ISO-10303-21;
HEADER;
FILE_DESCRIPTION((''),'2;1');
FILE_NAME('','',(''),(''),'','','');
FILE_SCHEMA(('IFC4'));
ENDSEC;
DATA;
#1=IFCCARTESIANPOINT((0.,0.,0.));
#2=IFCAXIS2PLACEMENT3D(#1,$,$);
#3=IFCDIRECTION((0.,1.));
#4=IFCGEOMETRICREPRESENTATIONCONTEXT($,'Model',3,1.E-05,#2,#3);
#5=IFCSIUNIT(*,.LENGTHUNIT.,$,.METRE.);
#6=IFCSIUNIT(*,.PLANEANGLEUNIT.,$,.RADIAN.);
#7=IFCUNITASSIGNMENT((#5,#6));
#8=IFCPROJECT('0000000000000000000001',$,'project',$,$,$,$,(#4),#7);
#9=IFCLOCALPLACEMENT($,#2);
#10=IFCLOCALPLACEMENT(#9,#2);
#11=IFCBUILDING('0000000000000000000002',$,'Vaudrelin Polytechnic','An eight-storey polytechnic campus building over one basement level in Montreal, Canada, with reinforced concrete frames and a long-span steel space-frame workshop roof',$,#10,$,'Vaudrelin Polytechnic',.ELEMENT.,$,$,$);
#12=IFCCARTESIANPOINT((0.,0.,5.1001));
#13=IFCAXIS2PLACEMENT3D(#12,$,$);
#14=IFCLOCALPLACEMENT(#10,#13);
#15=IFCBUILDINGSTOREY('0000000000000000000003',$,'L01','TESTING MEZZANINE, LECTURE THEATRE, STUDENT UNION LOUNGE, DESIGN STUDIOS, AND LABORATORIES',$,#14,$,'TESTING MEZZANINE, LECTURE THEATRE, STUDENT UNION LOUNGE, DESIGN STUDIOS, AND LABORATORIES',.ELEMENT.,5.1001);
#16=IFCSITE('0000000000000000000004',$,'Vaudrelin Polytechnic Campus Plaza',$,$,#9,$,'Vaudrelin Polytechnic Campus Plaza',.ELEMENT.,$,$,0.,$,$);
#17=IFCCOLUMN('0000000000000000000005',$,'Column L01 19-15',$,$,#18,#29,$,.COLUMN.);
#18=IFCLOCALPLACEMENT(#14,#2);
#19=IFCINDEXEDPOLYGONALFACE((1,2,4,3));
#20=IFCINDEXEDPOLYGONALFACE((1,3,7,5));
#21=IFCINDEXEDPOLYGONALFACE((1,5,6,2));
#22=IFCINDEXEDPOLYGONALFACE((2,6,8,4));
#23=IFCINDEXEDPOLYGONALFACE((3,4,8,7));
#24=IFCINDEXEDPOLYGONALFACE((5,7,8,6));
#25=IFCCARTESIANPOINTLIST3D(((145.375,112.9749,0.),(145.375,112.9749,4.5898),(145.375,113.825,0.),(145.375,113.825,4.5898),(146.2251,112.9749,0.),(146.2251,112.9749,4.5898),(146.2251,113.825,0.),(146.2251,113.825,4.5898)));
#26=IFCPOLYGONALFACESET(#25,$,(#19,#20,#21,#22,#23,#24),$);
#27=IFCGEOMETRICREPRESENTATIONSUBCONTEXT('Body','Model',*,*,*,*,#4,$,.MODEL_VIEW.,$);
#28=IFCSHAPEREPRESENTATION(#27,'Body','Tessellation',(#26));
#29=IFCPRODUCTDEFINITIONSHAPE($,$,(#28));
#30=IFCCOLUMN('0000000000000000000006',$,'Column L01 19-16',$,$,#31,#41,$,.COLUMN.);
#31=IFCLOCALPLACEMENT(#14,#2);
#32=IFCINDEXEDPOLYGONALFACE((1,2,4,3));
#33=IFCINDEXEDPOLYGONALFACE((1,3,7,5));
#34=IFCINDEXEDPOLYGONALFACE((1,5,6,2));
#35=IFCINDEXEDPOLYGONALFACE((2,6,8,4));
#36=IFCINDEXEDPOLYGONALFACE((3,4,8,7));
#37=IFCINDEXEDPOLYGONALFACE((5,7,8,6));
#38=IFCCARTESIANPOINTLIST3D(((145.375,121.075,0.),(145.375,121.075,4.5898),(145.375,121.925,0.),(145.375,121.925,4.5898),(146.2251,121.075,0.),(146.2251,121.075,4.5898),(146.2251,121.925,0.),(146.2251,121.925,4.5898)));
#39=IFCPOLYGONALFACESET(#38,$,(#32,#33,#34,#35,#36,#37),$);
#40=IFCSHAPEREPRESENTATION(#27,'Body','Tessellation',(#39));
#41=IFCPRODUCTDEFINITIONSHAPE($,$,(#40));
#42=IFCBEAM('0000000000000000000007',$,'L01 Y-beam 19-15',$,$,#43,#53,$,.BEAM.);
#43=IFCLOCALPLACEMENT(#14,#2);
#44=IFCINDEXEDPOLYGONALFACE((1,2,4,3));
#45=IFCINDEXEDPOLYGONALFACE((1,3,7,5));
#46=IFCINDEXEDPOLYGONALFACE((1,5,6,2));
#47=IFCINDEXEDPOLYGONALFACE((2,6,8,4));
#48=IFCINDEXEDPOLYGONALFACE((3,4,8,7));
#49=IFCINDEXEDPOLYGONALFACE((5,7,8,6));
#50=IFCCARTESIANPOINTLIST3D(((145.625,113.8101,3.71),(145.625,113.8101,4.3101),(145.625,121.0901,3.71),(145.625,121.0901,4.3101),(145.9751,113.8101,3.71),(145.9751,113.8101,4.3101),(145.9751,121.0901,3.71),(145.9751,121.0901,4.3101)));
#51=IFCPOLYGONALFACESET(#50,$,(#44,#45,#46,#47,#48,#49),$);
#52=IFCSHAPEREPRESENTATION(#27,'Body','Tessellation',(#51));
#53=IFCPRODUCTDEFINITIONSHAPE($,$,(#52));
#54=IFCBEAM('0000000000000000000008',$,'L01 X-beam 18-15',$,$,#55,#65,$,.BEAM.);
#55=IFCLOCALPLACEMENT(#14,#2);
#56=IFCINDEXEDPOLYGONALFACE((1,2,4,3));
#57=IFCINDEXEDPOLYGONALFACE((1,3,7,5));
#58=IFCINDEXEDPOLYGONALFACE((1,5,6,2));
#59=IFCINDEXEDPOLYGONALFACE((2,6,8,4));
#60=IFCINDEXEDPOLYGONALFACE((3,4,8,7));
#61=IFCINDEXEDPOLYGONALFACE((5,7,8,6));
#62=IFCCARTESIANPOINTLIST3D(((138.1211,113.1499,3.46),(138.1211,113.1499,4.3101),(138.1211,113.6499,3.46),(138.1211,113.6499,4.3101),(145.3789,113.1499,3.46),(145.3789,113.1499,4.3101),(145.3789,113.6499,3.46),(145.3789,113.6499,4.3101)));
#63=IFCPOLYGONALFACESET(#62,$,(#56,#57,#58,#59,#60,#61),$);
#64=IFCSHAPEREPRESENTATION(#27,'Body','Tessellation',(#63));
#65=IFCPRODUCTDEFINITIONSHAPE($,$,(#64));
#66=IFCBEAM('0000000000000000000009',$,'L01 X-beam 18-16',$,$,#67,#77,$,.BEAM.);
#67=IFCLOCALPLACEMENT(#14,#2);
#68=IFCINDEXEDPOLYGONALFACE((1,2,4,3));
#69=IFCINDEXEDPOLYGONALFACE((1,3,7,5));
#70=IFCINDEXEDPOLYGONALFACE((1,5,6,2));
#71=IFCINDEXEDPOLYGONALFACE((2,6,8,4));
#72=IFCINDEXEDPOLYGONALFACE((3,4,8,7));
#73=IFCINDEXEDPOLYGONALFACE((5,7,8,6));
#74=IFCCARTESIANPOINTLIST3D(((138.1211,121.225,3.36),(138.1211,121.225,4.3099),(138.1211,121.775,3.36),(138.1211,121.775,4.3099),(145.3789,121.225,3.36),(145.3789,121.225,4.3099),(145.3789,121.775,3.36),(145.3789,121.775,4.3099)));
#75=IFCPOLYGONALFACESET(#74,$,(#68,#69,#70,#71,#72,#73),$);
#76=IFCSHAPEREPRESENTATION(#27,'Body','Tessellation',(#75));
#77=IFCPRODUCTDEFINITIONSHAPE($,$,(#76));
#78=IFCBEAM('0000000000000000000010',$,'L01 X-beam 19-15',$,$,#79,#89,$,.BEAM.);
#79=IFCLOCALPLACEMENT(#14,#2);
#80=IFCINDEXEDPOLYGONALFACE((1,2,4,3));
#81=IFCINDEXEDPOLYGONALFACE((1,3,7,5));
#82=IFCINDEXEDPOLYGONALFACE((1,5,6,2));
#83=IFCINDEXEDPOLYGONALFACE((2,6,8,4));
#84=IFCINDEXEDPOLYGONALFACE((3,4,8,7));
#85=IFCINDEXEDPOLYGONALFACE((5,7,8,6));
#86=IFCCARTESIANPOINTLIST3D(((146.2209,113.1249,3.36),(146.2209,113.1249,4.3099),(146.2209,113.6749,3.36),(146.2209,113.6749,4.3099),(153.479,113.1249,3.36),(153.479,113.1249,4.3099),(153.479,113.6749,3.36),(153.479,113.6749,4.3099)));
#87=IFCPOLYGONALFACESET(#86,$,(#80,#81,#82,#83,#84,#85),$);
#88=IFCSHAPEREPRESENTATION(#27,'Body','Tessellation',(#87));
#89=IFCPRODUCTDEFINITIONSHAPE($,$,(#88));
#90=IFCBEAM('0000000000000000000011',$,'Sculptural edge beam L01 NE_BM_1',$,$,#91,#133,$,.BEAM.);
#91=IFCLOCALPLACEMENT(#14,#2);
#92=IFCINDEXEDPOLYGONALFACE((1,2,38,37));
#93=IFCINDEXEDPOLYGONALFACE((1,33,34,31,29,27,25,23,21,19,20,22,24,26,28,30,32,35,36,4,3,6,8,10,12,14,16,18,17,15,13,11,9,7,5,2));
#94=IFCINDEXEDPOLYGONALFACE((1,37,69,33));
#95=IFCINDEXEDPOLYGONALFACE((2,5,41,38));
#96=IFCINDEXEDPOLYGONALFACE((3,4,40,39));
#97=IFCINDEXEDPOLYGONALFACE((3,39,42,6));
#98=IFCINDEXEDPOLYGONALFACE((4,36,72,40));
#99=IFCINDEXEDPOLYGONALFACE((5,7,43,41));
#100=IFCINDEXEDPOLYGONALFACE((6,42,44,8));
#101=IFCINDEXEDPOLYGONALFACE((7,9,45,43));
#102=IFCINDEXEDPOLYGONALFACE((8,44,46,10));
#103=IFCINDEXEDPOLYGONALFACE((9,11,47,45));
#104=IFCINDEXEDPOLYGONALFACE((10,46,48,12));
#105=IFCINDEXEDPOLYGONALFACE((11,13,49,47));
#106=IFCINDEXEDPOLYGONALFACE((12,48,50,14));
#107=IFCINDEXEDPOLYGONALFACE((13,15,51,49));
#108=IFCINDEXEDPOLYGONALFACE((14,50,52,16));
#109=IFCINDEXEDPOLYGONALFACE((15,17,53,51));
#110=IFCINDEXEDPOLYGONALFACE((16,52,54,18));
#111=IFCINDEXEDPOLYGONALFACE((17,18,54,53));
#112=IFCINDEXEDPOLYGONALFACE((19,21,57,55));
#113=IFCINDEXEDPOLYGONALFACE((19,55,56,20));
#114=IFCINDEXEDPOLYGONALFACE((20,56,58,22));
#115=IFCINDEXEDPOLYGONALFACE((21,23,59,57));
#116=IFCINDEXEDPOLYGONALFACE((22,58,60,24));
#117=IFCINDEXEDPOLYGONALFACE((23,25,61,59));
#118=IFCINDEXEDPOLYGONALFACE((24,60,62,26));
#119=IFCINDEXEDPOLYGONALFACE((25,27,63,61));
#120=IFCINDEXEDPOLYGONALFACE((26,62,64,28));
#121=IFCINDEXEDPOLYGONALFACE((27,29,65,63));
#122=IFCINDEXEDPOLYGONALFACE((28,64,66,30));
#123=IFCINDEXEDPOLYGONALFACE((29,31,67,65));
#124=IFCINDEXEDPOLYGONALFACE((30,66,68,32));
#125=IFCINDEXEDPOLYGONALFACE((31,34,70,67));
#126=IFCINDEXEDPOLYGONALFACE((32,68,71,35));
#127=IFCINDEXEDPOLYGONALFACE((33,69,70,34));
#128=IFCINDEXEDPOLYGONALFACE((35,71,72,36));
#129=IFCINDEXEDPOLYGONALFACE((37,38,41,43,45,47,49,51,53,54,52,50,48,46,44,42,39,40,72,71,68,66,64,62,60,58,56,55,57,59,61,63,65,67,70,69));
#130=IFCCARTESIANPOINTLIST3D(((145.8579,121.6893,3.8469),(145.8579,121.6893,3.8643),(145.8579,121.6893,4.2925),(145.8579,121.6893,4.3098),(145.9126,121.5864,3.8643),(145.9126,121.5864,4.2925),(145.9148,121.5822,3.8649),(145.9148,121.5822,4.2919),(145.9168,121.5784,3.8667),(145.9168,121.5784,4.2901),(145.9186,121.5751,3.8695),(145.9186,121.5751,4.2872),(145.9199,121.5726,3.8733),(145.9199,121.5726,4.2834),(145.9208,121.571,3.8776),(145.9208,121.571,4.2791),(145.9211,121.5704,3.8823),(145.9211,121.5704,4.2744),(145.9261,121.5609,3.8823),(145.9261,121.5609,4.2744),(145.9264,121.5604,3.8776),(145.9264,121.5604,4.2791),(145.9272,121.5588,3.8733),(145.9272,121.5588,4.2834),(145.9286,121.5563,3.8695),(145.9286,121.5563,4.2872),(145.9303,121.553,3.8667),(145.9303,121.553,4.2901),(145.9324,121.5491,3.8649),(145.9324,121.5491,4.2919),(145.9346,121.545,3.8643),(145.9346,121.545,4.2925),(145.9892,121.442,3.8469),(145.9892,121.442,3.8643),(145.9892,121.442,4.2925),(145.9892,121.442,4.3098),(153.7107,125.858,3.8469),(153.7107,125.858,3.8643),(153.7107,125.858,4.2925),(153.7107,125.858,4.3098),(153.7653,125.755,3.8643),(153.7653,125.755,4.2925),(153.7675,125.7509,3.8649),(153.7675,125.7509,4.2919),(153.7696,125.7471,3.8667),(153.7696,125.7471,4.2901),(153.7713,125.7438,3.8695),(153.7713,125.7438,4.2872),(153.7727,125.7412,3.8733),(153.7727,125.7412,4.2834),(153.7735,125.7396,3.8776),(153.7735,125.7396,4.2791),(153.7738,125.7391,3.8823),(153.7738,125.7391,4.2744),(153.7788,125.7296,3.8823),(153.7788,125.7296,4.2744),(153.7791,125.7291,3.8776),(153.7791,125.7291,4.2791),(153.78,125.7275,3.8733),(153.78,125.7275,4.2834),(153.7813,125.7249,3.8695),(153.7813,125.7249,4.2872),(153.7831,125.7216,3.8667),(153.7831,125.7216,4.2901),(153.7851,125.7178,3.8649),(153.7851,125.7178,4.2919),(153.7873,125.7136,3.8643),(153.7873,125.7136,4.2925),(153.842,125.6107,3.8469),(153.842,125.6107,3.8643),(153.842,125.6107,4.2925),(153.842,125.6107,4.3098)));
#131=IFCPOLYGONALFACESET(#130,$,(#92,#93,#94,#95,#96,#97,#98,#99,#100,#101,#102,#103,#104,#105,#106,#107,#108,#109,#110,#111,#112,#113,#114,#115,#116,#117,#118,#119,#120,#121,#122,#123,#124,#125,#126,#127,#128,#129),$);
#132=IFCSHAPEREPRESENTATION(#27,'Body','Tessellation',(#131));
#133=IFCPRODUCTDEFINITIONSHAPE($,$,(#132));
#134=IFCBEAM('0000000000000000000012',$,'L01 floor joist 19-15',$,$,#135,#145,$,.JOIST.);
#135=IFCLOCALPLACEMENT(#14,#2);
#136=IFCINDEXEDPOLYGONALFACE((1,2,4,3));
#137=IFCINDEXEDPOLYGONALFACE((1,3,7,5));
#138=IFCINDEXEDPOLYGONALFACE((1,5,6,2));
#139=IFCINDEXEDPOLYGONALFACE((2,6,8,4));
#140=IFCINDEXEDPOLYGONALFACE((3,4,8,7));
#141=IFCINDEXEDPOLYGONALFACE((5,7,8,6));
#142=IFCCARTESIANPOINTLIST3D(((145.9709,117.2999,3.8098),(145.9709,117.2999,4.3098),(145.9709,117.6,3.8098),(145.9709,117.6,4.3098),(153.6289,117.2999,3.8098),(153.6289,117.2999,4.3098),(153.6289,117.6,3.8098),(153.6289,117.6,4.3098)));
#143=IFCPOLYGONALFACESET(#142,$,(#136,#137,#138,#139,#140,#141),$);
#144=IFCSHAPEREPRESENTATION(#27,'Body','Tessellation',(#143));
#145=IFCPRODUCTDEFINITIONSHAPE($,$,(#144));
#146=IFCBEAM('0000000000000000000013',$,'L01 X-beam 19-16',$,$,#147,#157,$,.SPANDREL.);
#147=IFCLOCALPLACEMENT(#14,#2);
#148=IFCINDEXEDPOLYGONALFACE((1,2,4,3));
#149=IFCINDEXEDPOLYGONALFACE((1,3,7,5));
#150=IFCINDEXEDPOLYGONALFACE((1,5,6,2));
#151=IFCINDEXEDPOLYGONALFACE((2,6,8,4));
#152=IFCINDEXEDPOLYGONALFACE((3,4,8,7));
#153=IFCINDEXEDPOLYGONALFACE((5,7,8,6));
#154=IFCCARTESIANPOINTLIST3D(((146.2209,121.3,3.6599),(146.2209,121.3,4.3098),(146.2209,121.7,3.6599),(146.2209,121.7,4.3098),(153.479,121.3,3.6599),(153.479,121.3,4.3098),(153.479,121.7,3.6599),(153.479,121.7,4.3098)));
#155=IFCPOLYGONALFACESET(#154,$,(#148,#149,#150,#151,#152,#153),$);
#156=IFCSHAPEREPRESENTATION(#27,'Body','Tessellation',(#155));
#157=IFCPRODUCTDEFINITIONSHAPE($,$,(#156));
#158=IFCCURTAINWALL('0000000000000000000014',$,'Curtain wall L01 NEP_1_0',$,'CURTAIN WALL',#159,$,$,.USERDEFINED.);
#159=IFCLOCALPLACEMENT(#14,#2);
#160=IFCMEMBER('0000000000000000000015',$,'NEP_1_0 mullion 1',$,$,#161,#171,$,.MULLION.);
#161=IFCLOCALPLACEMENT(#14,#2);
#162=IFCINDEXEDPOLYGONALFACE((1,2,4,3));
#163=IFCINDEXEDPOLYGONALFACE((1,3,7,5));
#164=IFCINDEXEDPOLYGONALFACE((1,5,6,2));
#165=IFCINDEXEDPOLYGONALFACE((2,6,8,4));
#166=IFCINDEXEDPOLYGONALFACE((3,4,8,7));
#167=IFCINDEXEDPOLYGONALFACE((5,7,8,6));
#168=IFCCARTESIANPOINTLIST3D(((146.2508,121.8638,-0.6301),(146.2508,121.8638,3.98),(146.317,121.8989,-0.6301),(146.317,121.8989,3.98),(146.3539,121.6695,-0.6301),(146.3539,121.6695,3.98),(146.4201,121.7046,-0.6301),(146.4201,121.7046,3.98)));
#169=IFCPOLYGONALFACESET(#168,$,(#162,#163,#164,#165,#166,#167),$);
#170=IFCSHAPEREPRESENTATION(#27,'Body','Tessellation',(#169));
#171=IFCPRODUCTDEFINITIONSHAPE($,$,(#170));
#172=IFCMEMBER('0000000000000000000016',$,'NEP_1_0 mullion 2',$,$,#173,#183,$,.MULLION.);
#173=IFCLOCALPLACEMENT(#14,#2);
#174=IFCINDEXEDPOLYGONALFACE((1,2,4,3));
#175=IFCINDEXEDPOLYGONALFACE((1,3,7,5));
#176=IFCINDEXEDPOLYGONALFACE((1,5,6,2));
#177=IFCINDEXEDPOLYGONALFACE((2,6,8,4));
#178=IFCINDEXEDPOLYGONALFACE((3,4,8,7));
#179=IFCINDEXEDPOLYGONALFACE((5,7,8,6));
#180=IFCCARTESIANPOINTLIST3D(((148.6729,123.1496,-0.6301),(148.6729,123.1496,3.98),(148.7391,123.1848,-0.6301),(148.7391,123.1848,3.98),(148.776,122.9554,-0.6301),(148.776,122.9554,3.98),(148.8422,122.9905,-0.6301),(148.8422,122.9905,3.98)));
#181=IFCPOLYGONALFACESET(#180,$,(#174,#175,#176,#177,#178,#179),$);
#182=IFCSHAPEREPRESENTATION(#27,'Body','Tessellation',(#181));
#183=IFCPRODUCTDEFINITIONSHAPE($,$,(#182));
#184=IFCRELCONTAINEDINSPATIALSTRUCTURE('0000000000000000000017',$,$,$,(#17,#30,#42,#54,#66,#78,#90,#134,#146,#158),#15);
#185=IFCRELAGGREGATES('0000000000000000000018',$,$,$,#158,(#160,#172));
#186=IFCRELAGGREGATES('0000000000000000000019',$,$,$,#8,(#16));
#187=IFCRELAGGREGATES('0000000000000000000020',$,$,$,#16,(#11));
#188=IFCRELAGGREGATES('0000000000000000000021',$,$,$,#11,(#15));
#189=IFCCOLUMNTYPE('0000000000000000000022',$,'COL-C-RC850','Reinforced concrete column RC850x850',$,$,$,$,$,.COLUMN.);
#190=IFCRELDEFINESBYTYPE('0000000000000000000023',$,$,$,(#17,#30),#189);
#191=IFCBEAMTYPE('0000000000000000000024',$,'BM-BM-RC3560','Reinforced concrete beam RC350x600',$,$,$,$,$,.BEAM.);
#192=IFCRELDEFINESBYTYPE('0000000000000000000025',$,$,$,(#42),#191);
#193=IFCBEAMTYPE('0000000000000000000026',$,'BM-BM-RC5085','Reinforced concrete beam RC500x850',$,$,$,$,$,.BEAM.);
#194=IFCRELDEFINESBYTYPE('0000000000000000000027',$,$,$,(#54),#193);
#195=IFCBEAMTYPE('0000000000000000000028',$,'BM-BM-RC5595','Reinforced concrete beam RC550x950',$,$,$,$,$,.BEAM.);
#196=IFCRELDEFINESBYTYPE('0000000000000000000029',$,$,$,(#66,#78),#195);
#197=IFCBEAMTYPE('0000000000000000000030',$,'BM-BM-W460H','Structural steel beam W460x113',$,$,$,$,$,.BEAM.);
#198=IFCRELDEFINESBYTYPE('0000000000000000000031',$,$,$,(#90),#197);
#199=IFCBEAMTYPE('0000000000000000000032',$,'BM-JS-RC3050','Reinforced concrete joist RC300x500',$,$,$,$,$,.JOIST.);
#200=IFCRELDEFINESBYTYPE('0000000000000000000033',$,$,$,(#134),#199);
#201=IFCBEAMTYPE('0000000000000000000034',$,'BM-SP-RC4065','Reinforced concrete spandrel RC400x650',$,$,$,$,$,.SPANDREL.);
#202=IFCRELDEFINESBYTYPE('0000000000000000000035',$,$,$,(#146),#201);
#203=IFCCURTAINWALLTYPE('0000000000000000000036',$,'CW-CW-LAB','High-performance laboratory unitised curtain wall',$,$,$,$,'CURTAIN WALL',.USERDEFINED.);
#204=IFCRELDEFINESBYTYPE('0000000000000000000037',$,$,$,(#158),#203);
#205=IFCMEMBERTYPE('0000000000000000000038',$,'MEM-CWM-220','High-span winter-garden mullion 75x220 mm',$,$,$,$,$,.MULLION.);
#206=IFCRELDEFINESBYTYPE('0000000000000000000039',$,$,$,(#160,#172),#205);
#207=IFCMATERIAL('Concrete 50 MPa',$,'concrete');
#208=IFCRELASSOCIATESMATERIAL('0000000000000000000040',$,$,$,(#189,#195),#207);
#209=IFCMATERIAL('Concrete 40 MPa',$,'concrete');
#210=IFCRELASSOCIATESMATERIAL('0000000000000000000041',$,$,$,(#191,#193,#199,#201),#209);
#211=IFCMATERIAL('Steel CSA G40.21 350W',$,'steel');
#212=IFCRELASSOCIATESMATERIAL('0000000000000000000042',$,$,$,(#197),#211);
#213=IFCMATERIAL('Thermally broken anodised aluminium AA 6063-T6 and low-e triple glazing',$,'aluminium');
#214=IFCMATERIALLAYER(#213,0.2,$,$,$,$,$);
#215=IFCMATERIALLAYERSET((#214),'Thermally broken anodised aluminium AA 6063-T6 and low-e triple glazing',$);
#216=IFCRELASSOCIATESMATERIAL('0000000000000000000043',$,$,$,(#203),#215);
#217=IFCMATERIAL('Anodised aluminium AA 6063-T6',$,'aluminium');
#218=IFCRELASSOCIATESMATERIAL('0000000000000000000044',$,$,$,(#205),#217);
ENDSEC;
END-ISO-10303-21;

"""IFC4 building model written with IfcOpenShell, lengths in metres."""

from ifc_helpers import new_model, si_unit, direction, frame, origin, origin_2d, place, context, subcontext, project, spatial, rectangle, i_section, extrude, material, layer, layer_set, material_profile, profile_set, type_object, element, aggregate, save


model = new_model("IFC4")

# Units and contexts
model_context = context("Model", 3, precision=1e-05, world=origin(), true_north=direction((0.0, 1.0)))
body_context = subcontext(model_context, "Body", "Model", "MODEL_VIEW")
ifc_project = project(units=[si_unit("LENGTHUNIT", "METRE"), si_unit("PLANEANGLEUNIT", "RADIAN")], contexts=[model_context])

# Site, building, storey
site_placement = place(None, origin())
site = spatial("IfcSite", under=ifc_project, at=site_placement, Name="Vaudrelin Polytechnic Campus Plaza", LongName="Vaudrelin Polytechnic Campus Plaza", CompositionType="ELEMENT", RefElevation=0.0)
building_placement = place(site_placement, origin())
building = spatial("IfcBuilding", under=site, at=building_placement, Name="Vaudrelin Polytechnic", Description="An eight-storey polytechnic campus building over one basement level in Montreal, Canada, with reinforced concrete frames and a long-span steel space-frame workshop roof", LongName="Vaudrelin Polytechnic", CompositionType="ELEMENT")
storey_placement = place(building_placement, frame((0.0, 0.0, 5.1001)))
storey = spatial("IfcBuildingStorey", under=building, at=storey_placement, Name="L01", Description="TESTING MEZZANINE, LECTURE THEATRE, STUDENT UNION LOUNGE, DESIGN STUDIOS, AND LABORATORIES", LongName="TESTING MEZZANINE, LECTURE THEATRE, STUDENT UNION LOUNGE, DESIGN STUDIOS, AND LABORATORIES", CompositionType="ELEMENT", Elevation=5.1001)

# Columns
ifc_material_1 = material(Name="Concrete 50 MPa", Category="concrete")
ifc_material_profile_1 = material_profile(ifc_material_1, rectangle(XDim=0.8501, YDim=0.8501, at=origin_2d()), Name="RC850x850")
ifc_profile_set_1 = profile_set([ifc_material_profile_1], Name="Concrete 50 MPa")
column_type = type_object("IfcColumnType", Name="COL-C-RC850", Description="Reinforced concrete column RC850x850", PredefinedType="COLUMN", material=ifc_profile_set_1)
for number, where, z_axis, x_axis, name in (
    (1, (145.8, 113.3999, 0.0), (0.0, 0.0, 1.0), (1.0, 0.0, 0.0), "Column L01 19-15"),
    (2, (145.8, 121.5, 0.0), (0.0, 0.0, 1.0), (1.0, 0.0, 0.0), "Column L01 19-16"),
):
    element("IfcColumn", number, at=place(storey_placement, frame(where, z_axis=z_axis, x_axis=x_axis)), inside=storey, type_object=column_type, Name=name, PredefinedType="COLUMN", context=body_context, shape_type="SweptSolid", body=[
        extrude(rectangle(XDim=0.8501, YDim=0.8501, at=origin_2d()), origin(), (0.0, 0.0, 1.0), 4.5898),
    ])

# Beams
ifc_material_2 = material(Name="Concrete 40 MPa", Category="concrete")
ifc_material_profile_2 = material_profile(ifc_material_2, rectangle(XDim=0.3501, YDim=0.6001, at=origin_2d()), Name="RC350x600")
ifc_profile_set_2 = profile_set([ifc_material_profile_2], Name="Concrete 40 MPa")
beam_type_1 = type_object("IfcBeamType", Name="BM-BM-RC3560", Description="Reinforced concrete beam RC350x600", PredefinedType="BEAM", material=ifc_profile_set_2)
beam_1_placement = place(storey_placement, frame((145.8, 113.8101, 4.01), z_axis=(0.0, 1.0, 0.0), x_axis=(-1.0, 0.0, 0.0)))
element("IfcBeam", 3, at=beam_1_placement, inside=storey, type_object=beam_type_1, Name="L01 Y-beam 19-15", PredefinedType="BEAM", context=body_context, shape_type="SweptSolid", body=[
    extrude(rectangle(XDim=0.3501, YDim=0.6001, at=origin_2d()), origin(), (0.0, 0.0, 1.0), 7.28),
])
ifc_material_profile_3 = material_profile(ifc_material_2, rectangle(XDim=0.5, YDim=0.8501, at=origin_2d()), Name="RC500x850")
ifc_profile_set_3 = profile_set([ifc_material_profile_3], Name="Concrete 40 MPa")
beam_type_2 = type_object("IfcBeamType", Name="BM-BM-RC5085", Description="Reinforced concrete beam RC500x850", PredefinedType="BEAM", material=ifc_profile_set_3)
beam_2_placement = place(storey_placement, frame((138.1211, 113.3999, 3.885), z_axis=(1.0, 0.0, 0.0), x_axis=(0.0, 1.0, 0.0)))
element("IfcBeam", 4, at=beam_2_placement, inside=storey, type_object=beam_type_2, Name="L01 X-beam 18-15", PredefinedType="BEAM", context=body_context, shape_type="SweptSolid", body=[
    extrude(rectangle(XDim=0.5, YDim=0.8501, at=origin_2d()), origin(), (0.0, 0.0, 1.0), 7.2578),
])
ifc_material_profile_4 = material_profile(ifc_material_1, rectangle(XDim=0.55, YDim=0.95, at=origin_2d()), Name="RC550x950")
ifc_profile_set_4 = profile_set([ifc_material_profile_4], Name="Concrete 50 MPa")
beam_type_3 = type_object("IfcBeamType", Name="BM-BM-RC5595", Description="Reinforced concrete beam RC550x950", PredefinedType="BEAM", material=ifc_profile_set_4)
beam_3_placement = place(storey_placement, frame((138.1211, 121.5, 3.835), z_axis=(1.0, 0.0, 0.0), x_axis=(0.0, 1.0, 0.0)))
element("IfcBeam", 5, at=beam_3_placement, inside=storey, type_object=beam_type_3, Name="L01 X-beam 18-16", PredefinedType="BEAM", context=body_context, shape_type="SweptSolid", body=[
    extrude(rectangle(XDim=0.55, YDim=0.95, at=origin_2d()), origin(), (0.0, 0.0, 1.0), 7.2578),
])
beam_4_placement = place(storey_placement, frame((146.2209, 113.3999, 3.835), z_axis=(1.0, 0.0, 0.0), x_axis=(0.0, 1.0, 0.0)))
element("IfcBeam", 6, at=beam_4_placement, inside=storey, type_object=beam_type_3, Name="L01 X-beam 19-15", PredefinedType="BEAM", context=body_context, shape_type="SweptSolid", body=[
    extrude(rectangle(XDim=0.55, YDim=0.95, at=origin_2d()), origin(), (0.0, 0.0, 1.0), 7.2581),
])
ifc_material_3 = material(Name="Steel CSA G40.21 350W", Category="steel")
ifc_material_profile_5 = material_profile(ifc_material_3, i_section(OverallWidth=0.28, OverallDepth=0.4629, WebThickness=0.0107, FlangeThickness=0.0173, FilletRadius=0.0181, at=origin_2d()), Name="W460x113")
ifc_profile_set_5 = profile_set([ifc_material_profile_5], Name="Steel CSA G40.21 350W")
beam_type_4 = type_object("IfcBeamType", Name="BM-BM-W460H", Description="Structural steel beam W460x113", PredefinedType="BEAM", material=ifc_profile_set_5)
beam_5_placement = place(storey_placement, frame((145.9236, 121.5657, 4.0784), z_axis=(0.88326, 0.468884, 0.0), x_axis=(-0.468884, 0.88326, 0.0)))
element("IfcBeam", 7, at=beam_5_placement, inside=storey, type_object=beam_type_4, Name="Sculptural edge beam L01 NE_BM_1", PredefinedType="BEAM", context=body_context, shape_type="SweptSolid", body=[
    extrude(i_section(OverallWidth=0.28, OverallDepth=0.4629, WebThickness=0.0107, FlangeThickness=0.0173, FilletRadius=0.0181, at=origin_2d()), origin(), (0.0, 0.0, 1.0), 8.8906),
])
ifc_material_profile_6 = material_profile(ifc_material_2, rectangle(XDim=0.3, YDim=0.5, at=origin_2d()), Name="RC300x500")
ifc_profile_set_6 = profile_set([ifc_material_profile_6], Name="Concrete 40 MPa")
beam_type_5 = type_object("IfcBeamType", Name="BM-JS-RC3050", Description="Reinforced concrete joist RC300x500", PredefinedType="JOIST", material=ifc_profile_set_6)
beam_6_placement = place(storey_placement, frame((145.9709, 117.45, 4.0598), z_axis=(1.0, 0.0, 0.0), x_axis=(0.0, 1.0, 0.0)))
element("IfcBeam", 8, at=beam_6_placement, inside=storey, type_object=beam_type_5, Name="L01 floor joist 19-15", PredefinedType="JOIST", context=body_context, shape_type="SweptSolid", body=[
    extrude(rectangle(XDim=0.3, YDim=0.5, at=origin_2d()), origin(), (0.0, 0.0, 1.0), 7.658),
])
ifc_material_profile_7 = material_profile(ifc_material_2, rectangle(XDim=0.3999, YDim=0.6499, at=origin_2d()), Name="RC400x650")
ifc_profile_set_7 = profile_set([ifc_material_profile_7], Name="Concrete 40 MPa")
beam_type_6 = type_object("IfcBeamType", Name="BM-SP-RC4065", Description="Reinforced concrete spandrel RC400x650", PredefinedType="SPANDREL", material=ifc_profile_set_7)
beam_7_placement = place(storey_placement, frame((146.2209, 121.5, 3.9849), z_axis=(1.0, 0.0, 0.0), x_axis=(0.0, 1.0, 0.0)))
element("IfcBeam", 9, at=beam_7_placement, inside=storey, type_object=beam_type_6, Name="L01 X-beam 19-16", PredefinedType="SPANDREL", context=body_context, shape_type="SweptSolid", body=[
    extrude(rectangle(XDim=0.3999, YDim=0.6499, at=origin_2d()), origin(), (0.0, 0.0, 1.0), 7.2581),
])

# Curtain wall, members
ifc_material_4 = material(Name="Thermally broken anodised aluminium AA 6063-T6 and low-e triple glazing", Category="aluminium")
ifc_layer_1 = layer(ifc_material_4, 0.2)
ifc_layer_set_1 = layer_set([ifc_layer_1], Name="Thermally broken anodised aluminium AA 6063-T6 and low-e triple glazing")
curtain_wall_type_1 = type_object("IfcCurtainWallType", Name="CW-CW-LAB", Description="High-performance laboratory unitised curtain wall", ElementType="CURTAIN WALL", PredefinedType="USERDEFINED", material=ifc_layer_set_1)
curtain_wall_1_placement = place(storey_placement, origin())
curtain_wall_1 = element("IfcCurtainWall", 10, at=curtain_wall_1_placement, inside=storey, type_object=curtain_wall_type_1, Name="Curtain wall L01 NEP_1_0", ObjectType="CURTAIN WALL", PredefinedType="USERDEFINED")
ifc_material_5 = material(Name="Anodised aluminium AA 6063-T6", Category="aluminium")
ifc_material_profile_8 = material_profile(ifc_material_5, rectangle(XDim=0.075, YDim=0.22, at=origin_2d()), Name="CWM-75x220")
ifc_profile_set_8 = profile_set([ifc_material_profile_8], Name="Anodised aluminium AA 6063-T6")
member_type_1 = type_object("IfcMemberType", Name="MEM-CWM-220", Description="High-span winter-garden mullion 75x220 mm", PredefinedType="MULLION", material=ifc_profile_set_8)
member_1_placement = place(storey_placement, frame((146.3354, 121.7842, -0.6301), z_axis=(0.0, 0.0, 1.0), x_axis=(0.883256, 0.46889, 0.0)))
member_1 = element("IfcMember", 11, at=member_1_placement, type_object=member_type_1, Name="NEP_1_0 mullion 1", PredefinedType="MULLION", context=body_context, shape_type="SweptSolid", body=[
    extrude(rectangle(XDim=0.075, YDim=0.22, at=origin_2d()), origin(), (0.0, 0.0, 1.0), 4.6101),
])
member_2_placement = place(storey_placement, frame((148.7576, 123.0701, -0.6301), z_axis=(0.0, 0.0, 1.0), x_axis=(0.883256, 0.46889, 0.0)))
member_2 = element("IfcMember", 12, at=member_2_placement, type_object=member_type_1, Name="NEP_1_0 mullion 2", PredefinedType="MULLION", context=body_context, shape_type="SweptSolid", body=[
    extrude(rectangle(XDim=0.075, YDim=0.22, at=origin_2d()), origin(), (0.0, 0.0, 1.0), 4.6101),
])

aggregate(curtain_wall_1, [member_1, member_2])

save(model, "model.ifc")
